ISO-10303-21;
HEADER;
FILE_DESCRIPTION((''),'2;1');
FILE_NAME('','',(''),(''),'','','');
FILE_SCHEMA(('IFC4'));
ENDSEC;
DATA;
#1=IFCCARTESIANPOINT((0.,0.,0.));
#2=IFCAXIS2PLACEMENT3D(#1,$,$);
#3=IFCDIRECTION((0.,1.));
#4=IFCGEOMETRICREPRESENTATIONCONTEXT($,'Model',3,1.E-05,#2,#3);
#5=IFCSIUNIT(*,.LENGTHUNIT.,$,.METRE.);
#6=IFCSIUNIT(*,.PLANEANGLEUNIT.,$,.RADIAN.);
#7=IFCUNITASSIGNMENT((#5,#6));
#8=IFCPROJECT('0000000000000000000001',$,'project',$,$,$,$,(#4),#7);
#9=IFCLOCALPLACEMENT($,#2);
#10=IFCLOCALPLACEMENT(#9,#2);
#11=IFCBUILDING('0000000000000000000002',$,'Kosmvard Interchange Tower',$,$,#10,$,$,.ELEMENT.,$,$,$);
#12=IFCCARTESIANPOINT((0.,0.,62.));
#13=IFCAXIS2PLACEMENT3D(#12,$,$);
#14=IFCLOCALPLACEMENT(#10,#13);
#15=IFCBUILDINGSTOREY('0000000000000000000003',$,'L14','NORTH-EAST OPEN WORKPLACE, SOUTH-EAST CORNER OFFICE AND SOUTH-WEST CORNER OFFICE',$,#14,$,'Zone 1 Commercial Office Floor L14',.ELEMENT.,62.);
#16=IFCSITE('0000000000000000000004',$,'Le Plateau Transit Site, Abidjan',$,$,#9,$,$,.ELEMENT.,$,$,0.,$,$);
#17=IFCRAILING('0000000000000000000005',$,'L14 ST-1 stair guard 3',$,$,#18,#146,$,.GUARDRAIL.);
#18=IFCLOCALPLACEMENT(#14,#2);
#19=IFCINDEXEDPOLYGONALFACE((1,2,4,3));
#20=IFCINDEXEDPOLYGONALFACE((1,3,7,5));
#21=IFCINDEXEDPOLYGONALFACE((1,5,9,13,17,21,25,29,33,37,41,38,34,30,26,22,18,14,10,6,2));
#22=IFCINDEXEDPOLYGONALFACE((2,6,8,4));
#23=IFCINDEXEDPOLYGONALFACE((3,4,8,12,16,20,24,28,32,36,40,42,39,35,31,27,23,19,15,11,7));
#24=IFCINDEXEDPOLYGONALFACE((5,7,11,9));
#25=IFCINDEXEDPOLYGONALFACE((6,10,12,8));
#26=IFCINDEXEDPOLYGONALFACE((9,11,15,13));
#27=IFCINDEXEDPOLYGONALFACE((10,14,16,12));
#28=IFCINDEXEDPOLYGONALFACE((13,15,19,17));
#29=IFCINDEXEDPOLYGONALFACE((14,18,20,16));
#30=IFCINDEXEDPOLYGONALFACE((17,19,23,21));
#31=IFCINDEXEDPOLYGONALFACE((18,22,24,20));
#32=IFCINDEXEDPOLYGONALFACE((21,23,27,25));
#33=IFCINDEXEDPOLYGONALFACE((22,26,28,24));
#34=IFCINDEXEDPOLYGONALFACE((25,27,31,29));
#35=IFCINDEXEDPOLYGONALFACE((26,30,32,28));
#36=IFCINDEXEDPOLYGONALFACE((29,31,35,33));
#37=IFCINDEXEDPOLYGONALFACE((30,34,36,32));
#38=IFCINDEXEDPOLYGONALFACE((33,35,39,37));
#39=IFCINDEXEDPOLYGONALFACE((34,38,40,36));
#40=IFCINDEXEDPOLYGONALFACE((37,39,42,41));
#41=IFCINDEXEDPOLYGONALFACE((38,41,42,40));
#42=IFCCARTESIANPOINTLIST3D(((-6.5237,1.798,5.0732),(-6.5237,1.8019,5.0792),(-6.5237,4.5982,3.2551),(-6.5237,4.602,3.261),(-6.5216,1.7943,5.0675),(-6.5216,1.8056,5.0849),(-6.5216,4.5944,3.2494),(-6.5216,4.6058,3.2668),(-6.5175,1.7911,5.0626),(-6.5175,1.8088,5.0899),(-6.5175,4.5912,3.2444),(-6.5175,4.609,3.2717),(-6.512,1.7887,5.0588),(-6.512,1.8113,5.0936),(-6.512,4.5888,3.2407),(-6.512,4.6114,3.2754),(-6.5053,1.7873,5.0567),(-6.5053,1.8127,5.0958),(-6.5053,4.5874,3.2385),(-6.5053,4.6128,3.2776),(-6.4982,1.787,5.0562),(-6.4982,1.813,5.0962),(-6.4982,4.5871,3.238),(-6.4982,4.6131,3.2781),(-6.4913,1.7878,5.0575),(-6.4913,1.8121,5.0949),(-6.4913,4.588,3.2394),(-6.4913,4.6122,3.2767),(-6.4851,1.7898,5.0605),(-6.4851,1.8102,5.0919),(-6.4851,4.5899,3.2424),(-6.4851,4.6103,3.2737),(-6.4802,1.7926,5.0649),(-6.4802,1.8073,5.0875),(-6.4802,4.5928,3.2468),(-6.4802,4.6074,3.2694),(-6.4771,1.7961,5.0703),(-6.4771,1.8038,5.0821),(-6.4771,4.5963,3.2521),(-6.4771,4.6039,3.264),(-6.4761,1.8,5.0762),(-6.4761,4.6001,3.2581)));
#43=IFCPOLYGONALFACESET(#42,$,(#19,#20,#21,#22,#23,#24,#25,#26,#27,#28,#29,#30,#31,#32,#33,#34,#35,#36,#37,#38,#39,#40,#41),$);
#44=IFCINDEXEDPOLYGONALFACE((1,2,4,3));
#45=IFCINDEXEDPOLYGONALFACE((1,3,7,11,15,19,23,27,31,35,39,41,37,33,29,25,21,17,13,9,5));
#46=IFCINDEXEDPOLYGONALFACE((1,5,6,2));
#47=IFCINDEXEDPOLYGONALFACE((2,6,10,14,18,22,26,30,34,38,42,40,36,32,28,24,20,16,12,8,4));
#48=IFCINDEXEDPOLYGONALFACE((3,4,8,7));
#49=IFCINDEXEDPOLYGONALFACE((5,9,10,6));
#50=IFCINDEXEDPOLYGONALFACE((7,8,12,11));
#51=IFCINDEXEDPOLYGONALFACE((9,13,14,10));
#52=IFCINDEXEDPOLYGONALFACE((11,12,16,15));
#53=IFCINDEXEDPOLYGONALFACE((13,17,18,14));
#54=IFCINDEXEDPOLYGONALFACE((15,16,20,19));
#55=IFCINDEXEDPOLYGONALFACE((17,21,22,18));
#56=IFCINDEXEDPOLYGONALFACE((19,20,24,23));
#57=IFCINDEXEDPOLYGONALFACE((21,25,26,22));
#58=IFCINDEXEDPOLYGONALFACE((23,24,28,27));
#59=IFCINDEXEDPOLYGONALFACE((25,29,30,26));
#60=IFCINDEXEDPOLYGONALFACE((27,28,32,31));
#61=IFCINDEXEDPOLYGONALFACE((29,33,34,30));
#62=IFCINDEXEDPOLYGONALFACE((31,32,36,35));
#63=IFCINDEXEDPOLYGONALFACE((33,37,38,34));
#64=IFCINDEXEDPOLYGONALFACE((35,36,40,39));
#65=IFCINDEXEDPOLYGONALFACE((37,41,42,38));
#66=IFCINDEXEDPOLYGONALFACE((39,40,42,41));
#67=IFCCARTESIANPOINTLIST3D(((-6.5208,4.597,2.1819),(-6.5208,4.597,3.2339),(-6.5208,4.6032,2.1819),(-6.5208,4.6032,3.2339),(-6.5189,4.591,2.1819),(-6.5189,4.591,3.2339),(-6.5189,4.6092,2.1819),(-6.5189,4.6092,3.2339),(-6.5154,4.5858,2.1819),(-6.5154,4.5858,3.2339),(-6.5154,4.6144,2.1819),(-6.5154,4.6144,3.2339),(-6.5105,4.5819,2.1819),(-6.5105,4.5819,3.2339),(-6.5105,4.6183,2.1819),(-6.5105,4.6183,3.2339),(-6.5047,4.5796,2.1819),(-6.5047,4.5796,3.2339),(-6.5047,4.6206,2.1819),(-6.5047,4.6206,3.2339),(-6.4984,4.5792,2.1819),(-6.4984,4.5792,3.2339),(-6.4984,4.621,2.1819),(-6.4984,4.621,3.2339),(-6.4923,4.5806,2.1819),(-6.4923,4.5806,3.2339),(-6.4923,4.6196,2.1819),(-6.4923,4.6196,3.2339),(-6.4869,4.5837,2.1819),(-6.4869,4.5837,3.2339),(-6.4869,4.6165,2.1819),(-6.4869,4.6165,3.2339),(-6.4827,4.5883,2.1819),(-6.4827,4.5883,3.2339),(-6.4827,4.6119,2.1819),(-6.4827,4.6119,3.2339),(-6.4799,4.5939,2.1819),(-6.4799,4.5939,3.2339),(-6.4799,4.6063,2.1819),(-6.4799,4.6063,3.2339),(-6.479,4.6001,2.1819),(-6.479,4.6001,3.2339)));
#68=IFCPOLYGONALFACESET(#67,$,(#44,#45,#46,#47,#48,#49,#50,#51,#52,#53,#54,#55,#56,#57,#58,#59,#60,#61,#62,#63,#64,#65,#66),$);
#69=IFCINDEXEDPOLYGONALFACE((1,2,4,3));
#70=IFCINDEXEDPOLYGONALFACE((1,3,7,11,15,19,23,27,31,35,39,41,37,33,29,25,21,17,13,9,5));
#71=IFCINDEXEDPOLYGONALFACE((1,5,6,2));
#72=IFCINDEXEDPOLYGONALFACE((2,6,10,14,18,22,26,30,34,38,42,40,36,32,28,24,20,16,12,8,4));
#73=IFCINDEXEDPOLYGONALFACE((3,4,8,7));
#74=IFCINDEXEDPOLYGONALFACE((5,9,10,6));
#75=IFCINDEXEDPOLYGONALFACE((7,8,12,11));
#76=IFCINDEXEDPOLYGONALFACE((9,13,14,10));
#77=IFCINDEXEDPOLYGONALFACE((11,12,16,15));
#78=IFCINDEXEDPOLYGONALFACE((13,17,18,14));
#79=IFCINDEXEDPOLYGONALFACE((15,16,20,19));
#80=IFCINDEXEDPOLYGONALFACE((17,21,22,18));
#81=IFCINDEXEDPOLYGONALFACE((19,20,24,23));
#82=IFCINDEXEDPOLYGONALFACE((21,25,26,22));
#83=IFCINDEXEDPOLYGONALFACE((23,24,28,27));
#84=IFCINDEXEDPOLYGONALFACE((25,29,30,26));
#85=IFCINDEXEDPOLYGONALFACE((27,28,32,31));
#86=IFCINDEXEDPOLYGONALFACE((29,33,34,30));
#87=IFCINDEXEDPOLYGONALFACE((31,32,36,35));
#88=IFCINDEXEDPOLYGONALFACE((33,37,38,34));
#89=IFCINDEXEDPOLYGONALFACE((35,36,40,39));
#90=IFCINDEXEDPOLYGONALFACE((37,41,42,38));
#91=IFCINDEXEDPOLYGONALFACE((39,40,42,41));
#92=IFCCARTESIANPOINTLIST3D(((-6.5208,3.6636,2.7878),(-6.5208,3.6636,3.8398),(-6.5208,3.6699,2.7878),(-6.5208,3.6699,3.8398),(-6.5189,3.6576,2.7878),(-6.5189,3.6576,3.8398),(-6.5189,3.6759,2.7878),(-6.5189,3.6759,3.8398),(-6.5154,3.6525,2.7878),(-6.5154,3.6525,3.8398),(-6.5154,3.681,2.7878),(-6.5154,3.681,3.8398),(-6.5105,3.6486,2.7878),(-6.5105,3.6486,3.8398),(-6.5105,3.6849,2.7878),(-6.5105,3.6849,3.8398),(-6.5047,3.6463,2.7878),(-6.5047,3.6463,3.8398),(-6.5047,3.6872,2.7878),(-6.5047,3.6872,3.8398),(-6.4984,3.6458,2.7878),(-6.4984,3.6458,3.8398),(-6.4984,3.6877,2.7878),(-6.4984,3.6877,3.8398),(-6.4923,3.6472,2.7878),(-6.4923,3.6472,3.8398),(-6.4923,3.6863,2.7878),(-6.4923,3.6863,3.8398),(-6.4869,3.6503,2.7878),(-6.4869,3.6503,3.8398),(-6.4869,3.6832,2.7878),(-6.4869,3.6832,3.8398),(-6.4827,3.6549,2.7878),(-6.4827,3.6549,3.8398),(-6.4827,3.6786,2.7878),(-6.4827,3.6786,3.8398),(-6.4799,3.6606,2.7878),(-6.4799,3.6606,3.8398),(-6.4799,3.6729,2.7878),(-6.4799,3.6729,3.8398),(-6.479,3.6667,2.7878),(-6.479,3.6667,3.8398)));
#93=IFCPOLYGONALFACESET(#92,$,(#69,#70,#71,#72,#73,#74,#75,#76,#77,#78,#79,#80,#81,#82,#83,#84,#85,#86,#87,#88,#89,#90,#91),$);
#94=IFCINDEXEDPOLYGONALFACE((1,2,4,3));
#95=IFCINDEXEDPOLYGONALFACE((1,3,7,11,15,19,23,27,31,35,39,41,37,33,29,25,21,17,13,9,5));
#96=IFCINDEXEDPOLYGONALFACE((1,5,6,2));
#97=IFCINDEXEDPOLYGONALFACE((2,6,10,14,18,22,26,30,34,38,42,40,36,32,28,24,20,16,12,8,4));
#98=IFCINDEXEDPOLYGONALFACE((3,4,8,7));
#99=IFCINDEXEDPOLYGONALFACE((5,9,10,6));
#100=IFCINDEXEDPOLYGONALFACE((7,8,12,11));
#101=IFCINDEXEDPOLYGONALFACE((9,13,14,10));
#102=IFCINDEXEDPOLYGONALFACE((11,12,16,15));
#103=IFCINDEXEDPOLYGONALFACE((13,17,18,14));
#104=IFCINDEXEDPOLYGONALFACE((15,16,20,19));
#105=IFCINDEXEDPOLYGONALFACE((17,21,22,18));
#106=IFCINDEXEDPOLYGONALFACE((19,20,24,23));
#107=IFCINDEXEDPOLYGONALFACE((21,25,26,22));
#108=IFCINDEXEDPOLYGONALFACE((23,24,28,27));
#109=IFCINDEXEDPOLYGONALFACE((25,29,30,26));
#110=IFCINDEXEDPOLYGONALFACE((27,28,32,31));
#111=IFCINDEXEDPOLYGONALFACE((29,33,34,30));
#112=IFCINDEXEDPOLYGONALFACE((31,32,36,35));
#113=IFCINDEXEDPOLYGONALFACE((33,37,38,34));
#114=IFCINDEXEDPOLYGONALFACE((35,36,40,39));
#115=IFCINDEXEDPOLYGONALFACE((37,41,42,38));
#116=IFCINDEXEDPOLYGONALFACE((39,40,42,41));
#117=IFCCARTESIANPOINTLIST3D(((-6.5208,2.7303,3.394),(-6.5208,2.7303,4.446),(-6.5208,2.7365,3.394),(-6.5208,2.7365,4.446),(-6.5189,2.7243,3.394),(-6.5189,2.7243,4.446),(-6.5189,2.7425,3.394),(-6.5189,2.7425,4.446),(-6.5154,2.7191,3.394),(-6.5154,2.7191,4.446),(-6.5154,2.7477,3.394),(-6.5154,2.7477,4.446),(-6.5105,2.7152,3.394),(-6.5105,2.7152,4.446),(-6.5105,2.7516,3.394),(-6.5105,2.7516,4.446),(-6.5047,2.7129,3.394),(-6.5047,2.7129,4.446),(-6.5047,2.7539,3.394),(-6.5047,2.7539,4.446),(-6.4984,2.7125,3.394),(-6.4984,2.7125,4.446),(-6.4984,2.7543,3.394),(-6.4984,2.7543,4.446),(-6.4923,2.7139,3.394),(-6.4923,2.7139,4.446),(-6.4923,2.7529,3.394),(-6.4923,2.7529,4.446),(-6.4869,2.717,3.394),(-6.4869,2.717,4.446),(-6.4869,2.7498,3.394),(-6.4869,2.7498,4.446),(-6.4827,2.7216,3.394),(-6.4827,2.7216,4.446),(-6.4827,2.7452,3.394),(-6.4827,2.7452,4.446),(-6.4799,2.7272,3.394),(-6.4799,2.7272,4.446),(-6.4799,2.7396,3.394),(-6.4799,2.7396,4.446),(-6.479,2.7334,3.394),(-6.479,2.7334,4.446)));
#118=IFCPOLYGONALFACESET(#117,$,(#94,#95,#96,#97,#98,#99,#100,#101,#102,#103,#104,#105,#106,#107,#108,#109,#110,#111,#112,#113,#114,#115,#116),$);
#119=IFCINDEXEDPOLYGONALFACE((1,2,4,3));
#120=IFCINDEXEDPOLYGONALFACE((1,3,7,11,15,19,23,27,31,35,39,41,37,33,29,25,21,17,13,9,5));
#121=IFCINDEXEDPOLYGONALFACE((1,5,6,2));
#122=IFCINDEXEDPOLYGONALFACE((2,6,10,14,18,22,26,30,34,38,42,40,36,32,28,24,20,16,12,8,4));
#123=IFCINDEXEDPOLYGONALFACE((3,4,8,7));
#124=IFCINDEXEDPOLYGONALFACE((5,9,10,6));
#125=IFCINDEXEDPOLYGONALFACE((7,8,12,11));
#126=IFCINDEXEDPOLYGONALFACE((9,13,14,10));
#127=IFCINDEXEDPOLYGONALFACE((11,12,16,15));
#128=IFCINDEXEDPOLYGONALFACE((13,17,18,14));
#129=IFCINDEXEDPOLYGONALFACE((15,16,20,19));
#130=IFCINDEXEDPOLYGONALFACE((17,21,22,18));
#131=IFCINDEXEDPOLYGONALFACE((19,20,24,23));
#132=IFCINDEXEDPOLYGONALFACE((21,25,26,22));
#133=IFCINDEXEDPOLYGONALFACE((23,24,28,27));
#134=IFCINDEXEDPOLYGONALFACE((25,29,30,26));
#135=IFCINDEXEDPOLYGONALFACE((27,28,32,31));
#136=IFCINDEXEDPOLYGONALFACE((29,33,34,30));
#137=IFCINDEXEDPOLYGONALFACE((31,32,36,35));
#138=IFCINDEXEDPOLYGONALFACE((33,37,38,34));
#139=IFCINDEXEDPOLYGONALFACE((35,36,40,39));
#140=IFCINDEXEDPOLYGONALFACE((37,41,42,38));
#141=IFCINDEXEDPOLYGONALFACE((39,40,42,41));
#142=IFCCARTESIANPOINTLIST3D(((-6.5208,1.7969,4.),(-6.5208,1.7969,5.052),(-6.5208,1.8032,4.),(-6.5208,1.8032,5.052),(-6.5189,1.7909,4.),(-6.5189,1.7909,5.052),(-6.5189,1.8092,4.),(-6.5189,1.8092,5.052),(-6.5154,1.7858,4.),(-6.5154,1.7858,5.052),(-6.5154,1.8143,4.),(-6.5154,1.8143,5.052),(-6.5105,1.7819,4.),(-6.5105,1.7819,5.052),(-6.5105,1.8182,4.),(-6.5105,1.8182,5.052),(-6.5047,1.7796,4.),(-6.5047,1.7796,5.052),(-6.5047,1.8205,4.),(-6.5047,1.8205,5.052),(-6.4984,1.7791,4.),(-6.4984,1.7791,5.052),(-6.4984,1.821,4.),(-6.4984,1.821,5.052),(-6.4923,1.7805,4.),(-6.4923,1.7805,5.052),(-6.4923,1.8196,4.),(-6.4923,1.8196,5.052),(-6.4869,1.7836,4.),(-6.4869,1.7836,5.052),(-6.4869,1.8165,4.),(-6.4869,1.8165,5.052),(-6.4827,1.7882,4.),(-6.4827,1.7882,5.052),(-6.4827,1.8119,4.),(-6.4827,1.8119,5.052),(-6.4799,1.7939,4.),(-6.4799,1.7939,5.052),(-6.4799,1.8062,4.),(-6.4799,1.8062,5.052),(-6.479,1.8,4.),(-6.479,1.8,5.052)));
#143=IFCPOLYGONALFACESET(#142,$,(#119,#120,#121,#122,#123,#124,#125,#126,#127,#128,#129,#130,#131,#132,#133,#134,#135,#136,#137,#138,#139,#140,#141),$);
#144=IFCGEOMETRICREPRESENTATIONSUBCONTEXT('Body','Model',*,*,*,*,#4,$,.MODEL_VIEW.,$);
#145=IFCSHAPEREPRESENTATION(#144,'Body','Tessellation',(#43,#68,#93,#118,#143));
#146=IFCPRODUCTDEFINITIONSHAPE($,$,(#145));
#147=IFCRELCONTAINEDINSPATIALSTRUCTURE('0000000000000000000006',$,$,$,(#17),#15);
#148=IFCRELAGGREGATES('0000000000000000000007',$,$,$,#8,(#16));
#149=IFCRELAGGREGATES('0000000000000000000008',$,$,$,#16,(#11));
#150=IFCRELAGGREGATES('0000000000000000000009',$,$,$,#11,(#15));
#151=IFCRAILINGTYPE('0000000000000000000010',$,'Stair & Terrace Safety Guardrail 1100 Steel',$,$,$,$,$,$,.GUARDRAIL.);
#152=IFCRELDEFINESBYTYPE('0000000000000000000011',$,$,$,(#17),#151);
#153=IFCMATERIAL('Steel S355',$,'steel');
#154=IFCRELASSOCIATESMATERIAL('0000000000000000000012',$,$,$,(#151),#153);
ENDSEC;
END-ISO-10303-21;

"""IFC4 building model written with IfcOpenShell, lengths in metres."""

from ifc_helpers import new_model, si_unit, direction, frame, origin, origin_2d, place, context, subcontext, project, spatial, circle, extrude, source, transform, mapped, material, type_object, element, save


model = new_model("IFC4")

# Units and contexts
model_context = context("Model", 3, precision=1e-05, world=origin(), true_north=direction((0.0, 1.0)))
body_context = subcontext(model_context, "Body", "Model", "MODEL_VIEW")
ifc_project = project(units=[si_unit("LENGTHUNIT", "METRE"), si_unit("PLANEANGLEUNIT", "RADIAN")], contexts=[model_context])

# Site, building, storey
site_placement = place(None, origin())
site = spatial("IfcSite", under=ifc_project, at=site_placement, Name="Le Plateau Transit Site, Abidjan", CompositionType="ELEMENT", RefElevation=0.0)
building_placement = place(site_placement, origin())
building = spatial("IfcBuilding", under=site, at=building_placement, Name="Kosmvard Interchange Tower", CompositionType="ELEMENT")
storey_placement = place(building_placement, frame((0.0, 0.0, 62.0)))
storey = spatial("IfcBuildingStorey", under=building, at=storey_placement, Name="L14", Description="NORTH-EAST OPEN WORKPLACE, SOUTH-EAST CORNER OFFICE AND SOUTH-WEST CORNER OFFICE", LongName="Zone 1 Commercial Office Floor L14", CompositionType="ELEMENT", Elevation=62.0)

# Railing
ifc_material_1 = material(Name="Steel S355", Category="steel")
railing_type_1 = type_object("IfcRailingType", Name="Stair & Terrace Safety Guardrail 1100 Steel", PredefinedType="GUARDRAIL", material=ifc_material_1)
shared_shape_1 = source(origin(), body_context, "Body", "SweptSolid", [
    extrude(circle(Radius=0.0239, at=origin_2d()), frame((0.0, 0.0, 1.0762), z_axis=(0.0, -0.838706, 0.544585), x_axis=(1.0, 0.0, 0.0)), (0.0, 0.0, 1.0), 3.3386),
    extrude(circle(Radius=0.021, at=origin_2d()), origin(), (0.0, 0.0, 1.0), 1.052),
    extrude(circle(Radius=0.021, at=origin_2d()), frame((0.0, -0.9333, 0.606)), (0.0, 0.0, 1.0), 1.052),
    extrude(circle(Radius=0.021, at=origin_2d()), frame((0.0, -1.8667, 1.2122)), (0.0, 0.0, 1.0), 1.052),
    extrude(circle(Radius=0.021, at=origin_2d()), frame((0.0, -2.8, 1.8181)), (0.0, 0.0, 1.0), 1.052),
])
railing_1_placement = place(storey_placement, frame((-6.5, 4.6001, 2.1819)))
element("IfcRailing", 1, at=railing_1_placement, inside=storey, type_object=railing_type_1, Name="L14 ST-1 stair guard 3", PredefinedType="GUARDRAIL", context=body_context, shape_type="MappedRepresentation", body=[
    mapped(shared_shape_1, transform((0.0, 0.0, 0.0), scale=1.0)),
])

save(model, "model.ifc")
